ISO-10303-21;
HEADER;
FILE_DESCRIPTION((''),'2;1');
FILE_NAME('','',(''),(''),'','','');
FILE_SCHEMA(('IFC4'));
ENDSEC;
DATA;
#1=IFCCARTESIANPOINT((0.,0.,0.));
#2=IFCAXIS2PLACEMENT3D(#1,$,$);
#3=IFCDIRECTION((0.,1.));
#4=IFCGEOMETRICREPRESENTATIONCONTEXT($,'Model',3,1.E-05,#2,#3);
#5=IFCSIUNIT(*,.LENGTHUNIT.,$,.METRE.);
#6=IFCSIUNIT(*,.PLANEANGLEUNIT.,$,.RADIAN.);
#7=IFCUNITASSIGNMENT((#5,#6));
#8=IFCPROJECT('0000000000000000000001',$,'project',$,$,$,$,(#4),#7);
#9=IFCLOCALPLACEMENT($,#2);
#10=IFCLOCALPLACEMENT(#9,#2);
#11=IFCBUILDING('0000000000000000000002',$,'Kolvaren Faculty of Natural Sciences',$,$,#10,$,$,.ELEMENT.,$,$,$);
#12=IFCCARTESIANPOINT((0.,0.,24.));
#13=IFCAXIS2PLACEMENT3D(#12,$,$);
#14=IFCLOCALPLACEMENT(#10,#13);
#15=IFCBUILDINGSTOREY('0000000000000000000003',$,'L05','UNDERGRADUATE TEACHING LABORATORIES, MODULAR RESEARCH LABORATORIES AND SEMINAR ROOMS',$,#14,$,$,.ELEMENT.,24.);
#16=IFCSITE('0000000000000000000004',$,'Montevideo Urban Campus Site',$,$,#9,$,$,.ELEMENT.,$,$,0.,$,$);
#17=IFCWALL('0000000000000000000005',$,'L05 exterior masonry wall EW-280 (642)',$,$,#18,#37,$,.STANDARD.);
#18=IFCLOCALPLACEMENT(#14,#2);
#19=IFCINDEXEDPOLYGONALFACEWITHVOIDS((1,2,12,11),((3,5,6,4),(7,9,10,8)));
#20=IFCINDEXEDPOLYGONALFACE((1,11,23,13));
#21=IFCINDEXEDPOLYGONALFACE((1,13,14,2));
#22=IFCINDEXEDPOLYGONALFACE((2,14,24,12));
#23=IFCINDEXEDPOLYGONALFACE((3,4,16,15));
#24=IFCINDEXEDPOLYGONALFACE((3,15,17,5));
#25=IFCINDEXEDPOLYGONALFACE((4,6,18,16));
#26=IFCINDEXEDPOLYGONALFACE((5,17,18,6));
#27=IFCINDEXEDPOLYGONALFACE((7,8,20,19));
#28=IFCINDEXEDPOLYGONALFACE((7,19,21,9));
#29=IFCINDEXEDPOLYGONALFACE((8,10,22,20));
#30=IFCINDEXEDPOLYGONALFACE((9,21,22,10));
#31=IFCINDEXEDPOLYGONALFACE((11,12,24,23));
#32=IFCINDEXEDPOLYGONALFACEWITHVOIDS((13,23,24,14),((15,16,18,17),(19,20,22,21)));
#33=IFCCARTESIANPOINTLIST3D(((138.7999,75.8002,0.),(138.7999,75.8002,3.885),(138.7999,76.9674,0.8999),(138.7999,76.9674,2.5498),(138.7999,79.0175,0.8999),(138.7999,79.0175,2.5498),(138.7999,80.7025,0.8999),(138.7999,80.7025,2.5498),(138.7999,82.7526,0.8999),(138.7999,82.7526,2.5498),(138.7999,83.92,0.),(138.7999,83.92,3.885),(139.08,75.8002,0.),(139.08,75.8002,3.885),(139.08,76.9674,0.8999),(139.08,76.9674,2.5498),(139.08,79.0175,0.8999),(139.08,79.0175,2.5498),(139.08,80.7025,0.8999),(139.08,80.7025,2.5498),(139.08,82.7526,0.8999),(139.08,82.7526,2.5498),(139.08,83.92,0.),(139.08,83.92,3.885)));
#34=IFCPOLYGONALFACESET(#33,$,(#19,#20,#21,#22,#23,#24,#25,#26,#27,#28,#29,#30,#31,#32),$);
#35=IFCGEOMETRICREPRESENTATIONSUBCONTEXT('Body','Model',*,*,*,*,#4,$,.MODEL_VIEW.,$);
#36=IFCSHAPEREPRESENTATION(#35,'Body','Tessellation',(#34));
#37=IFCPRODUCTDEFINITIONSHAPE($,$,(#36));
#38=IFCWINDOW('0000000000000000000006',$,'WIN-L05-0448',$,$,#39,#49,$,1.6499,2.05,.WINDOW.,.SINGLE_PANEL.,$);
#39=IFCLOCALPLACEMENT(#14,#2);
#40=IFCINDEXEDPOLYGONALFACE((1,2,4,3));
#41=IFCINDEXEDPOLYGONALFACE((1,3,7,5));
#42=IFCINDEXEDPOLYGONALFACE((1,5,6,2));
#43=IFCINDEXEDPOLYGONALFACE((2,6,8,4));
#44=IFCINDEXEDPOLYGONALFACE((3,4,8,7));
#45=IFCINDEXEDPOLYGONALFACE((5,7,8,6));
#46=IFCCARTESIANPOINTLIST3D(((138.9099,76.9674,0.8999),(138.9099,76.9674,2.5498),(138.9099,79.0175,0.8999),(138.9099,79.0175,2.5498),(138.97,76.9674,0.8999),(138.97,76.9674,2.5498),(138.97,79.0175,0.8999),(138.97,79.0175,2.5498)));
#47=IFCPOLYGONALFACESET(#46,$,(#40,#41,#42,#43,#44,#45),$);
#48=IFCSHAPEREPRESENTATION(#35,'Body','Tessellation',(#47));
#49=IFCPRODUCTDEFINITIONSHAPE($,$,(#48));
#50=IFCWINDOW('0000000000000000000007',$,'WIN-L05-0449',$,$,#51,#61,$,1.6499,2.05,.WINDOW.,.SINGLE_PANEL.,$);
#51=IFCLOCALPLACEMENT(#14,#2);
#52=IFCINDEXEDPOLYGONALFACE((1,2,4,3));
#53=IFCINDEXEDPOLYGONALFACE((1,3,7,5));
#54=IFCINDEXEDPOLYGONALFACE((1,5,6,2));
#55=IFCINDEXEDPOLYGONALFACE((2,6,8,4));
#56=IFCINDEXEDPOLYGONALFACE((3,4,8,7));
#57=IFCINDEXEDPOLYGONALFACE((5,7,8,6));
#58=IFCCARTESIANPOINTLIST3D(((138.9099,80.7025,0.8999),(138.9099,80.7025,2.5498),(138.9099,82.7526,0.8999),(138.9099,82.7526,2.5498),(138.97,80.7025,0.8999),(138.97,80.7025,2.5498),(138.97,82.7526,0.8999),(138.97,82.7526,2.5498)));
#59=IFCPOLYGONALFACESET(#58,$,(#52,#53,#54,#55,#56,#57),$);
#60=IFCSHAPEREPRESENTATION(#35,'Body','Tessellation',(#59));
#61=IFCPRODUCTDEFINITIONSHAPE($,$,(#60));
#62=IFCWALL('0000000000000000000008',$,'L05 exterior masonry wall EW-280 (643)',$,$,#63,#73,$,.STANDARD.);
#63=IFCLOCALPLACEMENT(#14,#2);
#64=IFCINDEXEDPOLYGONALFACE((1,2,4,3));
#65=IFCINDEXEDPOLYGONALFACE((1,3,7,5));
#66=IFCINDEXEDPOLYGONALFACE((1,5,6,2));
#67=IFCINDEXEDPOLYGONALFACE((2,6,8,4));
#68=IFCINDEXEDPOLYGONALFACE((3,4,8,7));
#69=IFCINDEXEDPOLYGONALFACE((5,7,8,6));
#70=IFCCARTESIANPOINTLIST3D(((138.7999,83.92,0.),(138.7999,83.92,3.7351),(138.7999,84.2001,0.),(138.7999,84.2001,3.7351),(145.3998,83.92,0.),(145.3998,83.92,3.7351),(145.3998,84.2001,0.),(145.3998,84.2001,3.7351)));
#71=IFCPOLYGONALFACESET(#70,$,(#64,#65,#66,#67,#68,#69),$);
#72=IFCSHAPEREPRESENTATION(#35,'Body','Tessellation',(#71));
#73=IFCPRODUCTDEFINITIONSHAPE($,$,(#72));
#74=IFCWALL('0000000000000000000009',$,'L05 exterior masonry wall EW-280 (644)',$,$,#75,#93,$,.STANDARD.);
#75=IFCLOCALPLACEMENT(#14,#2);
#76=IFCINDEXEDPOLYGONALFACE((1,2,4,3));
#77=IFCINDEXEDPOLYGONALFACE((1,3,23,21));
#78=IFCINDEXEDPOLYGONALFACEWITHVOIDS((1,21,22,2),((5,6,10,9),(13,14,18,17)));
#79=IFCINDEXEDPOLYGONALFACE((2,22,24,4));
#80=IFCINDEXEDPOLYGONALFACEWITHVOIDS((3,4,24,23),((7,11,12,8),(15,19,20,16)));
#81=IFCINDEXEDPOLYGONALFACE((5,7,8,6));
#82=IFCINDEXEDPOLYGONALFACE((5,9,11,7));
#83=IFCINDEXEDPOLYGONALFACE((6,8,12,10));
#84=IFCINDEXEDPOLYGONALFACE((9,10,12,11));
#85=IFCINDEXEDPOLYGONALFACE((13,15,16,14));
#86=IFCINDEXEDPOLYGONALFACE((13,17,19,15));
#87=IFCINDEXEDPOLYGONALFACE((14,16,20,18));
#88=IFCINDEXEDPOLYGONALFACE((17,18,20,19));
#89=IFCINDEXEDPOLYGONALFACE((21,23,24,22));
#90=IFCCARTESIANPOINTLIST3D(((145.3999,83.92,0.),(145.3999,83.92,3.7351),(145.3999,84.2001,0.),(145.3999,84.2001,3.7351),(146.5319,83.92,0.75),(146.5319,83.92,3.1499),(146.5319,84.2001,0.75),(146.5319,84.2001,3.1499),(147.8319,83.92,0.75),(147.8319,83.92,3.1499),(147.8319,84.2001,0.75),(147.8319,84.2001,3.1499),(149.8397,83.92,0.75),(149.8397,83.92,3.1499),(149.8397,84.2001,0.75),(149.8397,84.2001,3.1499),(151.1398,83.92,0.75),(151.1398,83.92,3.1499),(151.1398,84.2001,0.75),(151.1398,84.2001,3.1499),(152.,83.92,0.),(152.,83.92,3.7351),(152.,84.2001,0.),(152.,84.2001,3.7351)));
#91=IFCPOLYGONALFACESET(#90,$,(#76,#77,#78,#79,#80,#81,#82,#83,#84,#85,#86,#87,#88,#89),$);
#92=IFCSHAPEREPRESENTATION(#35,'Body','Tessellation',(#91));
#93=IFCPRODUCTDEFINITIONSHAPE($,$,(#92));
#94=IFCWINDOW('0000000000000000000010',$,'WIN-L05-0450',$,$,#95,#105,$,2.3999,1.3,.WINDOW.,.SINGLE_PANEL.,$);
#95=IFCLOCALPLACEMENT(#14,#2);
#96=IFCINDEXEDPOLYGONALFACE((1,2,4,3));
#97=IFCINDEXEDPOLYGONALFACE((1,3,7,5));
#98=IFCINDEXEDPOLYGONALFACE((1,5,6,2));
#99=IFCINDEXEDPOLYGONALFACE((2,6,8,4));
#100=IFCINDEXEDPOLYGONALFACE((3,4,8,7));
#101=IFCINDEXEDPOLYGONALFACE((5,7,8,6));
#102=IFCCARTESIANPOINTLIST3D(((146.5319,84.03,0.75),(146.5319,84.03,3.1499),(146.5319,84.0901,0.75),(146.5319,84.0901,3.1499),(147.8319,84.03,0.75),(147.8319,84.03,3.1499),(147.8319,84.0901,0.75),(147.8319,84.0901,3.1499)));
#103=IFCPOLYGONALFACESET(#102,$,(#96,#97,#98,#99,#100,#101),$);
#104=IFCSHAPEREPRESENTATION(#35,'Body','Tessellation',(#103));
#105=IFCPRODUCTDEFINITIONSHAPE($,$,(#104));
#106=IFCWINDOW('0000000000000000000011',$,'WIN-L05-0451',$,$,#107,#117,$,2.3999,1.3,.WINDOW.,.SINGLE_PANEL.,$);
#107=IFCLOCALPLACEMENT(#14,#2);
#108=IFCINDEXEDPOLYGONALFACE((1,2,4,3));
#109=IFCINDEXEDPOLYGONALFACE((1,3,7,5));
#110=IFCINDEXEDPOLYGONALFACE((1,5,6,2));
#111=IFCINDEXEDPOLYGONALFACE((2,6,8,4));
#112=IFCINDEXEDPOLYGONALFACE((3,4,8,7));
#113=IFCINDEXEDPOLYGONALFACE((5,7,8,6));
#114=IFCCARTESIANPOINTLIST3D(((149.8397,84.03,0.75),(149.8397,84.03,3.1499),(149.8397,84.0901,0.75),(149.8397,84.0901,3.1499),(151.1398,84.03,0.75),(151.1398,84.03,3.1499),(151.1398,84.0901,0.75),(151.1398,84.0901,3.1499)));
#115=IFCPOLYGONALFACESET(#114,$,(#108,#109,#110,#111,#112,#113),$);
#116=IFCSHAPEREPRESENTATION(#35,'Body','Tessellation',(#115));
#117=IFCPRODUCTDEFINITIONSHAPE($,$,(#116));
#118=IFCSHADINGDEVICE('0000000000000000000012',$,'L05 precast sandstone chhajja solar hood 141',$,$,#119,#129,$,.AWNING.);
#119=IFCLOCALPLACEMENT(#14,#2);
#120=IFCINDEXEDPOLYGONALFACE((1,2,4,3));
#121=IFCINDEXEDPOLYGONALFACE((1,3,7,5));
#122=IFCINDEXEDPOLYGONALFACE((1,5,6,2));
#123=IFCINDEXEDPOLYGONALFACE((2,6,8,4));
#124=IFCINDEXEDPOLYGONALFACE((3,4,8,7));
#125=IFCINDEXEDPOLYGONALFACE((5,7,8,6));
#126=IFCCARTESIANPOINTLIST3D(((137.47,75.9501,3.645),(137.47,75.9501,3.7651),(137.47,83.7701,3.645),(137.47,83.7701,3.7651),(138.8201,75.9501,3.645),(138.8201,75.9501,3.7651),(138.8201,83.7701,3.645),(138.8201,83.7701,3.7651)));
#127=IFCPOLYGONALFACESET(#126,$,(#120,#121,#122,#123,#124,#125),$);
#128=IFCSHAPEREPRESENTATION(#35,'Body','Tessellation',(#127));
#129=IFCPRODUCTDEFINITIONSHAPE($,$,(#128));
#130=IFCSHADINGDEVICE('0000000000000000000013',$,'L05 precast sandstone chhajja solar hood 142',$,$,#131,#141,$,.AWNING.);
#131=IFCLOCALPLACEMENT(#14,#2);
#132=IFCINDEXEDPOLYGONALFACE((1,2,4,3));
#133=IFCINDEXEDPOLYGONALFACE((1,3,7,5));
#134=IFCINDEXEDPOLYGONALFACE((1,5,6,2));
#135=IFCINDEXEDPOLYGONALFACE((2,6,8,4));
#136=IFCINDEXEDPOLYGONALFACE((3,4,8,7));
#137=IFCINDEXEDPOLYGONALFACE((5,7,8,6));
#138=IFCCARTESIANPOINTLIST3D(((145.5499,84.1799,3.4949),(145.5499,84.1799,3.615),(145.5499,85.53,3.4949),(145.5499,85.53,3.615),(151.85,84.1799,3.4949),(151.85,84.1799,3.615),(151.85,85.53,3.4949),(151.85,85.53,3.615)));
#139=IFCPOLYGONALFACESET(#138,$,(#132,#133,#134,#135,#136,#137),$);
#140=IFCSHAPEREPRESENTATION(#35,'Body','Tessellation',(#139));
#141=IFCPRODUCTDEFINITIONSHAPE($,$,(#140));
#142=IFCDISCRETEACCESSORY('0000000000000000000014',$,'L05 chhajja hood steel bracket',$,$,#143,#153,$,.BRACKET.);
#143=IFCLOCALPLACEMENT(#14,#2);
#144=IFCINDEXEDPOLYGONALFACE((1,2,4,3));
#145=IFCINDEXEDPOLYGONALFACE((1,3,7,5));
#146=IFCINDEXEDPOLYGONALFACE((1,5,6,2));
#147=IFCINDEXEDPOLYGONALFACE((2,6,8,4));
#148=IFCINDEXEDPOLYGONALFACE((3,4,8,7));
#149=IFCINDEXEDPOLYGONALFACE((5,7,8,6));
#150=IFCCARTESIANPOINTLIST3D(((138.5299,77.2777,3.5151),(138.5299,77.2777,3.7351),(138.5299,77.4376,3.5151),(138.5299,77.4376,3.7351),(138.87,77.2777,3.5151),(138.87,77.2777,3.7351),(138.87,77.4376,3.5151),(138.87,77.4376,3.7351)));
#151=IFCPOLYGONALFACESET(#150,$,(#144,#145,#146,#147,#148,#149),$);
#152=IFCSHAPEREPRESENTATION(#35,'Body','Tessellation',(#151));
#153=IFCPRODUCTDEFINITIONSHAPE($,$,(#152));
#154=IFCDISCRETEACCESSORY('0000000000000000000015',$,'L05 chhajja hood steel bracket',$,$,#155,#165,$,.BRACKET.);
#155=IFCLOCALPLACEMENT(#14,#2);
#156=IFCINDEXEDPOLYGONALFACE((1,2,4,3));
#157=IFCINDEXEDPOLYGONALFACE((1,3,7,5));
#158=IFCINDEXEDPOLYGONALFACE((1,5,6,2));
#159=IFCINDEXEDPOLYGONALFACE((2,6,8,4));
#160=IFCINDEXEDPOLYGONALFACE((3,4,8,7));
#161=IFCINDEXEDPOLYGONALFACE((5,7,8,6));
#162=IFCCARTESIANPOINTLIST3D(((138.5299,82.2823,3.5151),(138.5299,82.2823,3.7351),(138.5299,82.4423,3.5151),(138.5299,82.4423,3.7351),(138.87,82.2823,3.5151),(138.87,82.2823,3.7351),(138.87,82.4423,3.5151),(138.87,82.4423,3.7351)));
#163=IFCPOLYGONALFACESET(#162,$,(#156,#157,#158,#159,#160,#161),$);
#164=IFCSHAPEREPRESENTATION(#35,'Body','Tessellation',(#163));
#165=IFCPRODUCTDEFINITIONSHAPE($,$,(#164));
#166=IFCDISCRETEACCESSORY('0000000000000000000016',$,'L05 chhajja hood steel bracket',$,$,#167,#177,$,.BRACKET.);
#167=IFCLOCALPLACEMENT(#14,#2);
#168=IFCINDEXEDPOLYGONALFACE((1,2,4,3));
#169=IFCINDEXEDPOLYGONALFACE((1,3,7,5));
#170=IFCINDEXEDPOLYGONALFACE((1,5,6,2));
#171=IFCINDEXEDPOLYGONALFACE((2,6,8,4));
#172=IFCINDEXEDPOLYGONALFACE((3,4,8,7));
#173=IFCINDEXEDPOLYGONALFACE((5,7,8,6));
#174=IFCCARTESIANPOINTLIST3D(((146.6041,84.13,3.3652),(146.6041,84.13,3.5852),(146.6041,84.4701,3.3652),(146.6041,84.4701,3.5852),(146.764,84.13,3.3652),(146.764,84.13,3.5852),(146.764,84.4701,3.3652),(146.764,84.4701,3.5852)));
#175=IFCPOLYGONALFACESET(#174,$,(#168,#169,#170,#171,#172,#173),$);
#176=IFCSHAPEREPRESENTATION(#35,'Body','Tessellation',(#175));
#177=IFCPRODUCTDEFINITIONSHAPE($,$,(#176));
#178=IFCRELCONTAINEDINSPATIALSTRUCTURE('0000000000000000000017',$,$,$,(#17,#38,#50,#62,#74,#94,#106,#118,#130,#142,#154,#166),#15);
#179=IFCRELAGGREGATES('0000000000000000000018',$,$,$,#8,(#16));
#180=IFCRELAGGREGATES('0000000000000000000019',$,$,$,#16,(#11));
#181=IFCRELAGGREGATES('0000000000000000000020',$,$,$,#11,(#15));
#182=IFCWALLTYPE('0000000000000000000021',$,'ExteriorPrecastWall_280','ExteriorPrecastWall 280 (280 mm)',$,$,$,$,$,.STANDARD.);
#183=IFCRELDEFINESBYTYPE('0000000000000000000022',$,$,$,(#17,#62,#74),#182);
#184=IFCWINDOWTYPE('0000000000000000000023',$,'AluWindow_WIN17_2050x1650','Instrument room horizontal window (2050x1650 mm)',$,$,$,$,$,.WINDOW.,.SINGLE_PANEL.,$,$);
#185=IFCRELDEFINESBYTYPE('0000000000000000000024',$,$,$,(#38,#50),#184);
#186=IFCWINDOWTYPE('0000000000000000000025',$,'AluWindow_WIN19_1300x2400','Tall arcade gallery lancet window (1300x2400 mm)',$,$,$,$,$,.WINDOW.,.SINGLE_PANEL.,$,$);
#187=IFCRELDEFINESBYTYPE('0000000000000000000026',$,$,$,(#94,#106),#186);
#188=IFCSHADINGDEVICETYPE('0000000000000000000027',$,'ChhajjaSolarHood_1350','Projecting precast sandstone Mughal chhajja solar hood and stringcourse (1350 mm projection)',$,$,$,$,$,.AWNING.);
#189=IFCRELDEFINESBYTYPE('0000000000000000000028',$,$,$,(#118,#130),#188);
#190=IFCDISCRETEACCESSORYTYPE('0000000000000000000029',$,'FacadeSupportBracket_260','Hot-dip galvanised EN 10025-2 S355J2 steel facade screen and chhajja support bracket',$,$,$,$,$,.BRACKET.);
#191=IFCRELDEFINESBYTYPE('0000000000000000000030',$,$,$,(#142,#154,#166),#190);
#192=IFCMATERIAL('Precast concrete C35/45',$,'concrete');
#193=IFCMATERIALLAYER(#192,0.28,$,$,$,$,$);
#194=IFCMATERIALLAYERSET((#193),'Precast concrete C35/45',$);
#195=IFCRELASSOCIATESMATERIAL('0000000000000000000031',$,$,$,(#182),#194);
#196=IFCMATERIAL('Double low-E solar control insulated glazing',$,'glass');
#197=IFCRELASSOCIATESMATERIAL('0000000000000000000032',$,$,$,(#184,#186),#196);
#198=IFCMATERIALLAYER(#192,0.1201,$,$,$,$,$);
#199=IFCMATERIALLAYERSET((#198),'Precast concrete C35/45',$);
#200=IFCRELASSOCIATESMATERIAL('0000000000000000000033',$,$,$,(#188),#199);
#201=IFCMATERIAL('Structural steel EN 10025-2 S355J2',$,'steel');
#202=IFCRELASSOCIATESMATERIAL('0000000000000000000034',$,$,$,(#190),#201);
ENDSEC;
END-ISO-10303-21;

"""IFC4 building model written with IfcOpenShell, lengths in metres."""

from ifc_helpers import new_model, si_unit, direction, frame, frame_2d, origin, origin_2d, place, context, subcontext, project, spatial, rectangle, extrude, material, layer, layer_set, type_object, element, fill, save


model = new_model("IFC4")

# Units and contexts
model_context = context("Model", 3, precision=1e-05, world=origin(), true_north=direction((0.0, 1.0)))
body_context = subcontext(model_context, "Body", "Model", "MODEL_VIEW")
ifc_project = project(units=[si_unit("LENGTHUNIT", "METRE"), si_unit("PLANEANGLEUNIT", "RADIAN")], contexts=[model_context])

# Site, building, storey
site_placement = place(None, origin())
site = spatial("IfcSite", under=ifc_project, at=site_placement, Name="Montevideo Urban Campus Site", CompositionType="ELEMENT", RefElevation=0.0)
building_placement = place(site_placement, origin())
building = spatial("IfcBuilding", under=site, at=building_placement, Name="Kolvaren Faculty of Natural Sciences", CompositionType="ELEMENT")
storey_placement = place(building_placement, frame((0.0, 0.0, 24.0)))
storey = spatial("IfcBuildingStorey", under=building, at=storey_placement, Name="L05", Description="UNDERGRADUATE TEACHING LABORATORIES, MODULAR RESEARCH LABORATORIES AND SEMINAR ROOMS", CompositionType="ELEMENT", Elevation=24.0)

# Wall, openings, windows
ifc_material_1 = material(Name="Precast concrete C35/45", Category="concrete")
ifc_layer_1 = layer(ifc_material_1, 0.28)
ifc_layer_set_1 = layer_set([ifc_layer_1], Name="Precast concrete C35/45")
wall_type_1 = type_object("IfcWallType", Name="ExteriorPrecastWall_280", Description="ExteriorPrecastWall 280 (280 mm)", PredefinedType="STANDARD", material=ifc_layer_set_1)
wall_1_placement = place(storey_placement, frame((138.9399, 75.8, 0.0), z_axis=(0.0, 0.0, 1.0), x_axis=(0.0, 1.0, 0.0)))
wall_1 = element("IfcWall", 1, at=wall_1_placement, inside=storey, type_object=wall_type_1, Name="L05 exterior masonry wall EW-280 (642)", PredefinedType="STANDARD", context=body_context, shape_type="SweptSolid", body=[
    extrude(rectangle(XDim=8.1199, YDim=0.28, at=frame_2d((4.0601, 0.0))), origin(), (0.0, 0.0, 1.0), 3.885),
])
opening_1_placement = place(wall_1_placement, frame((1.1675, 0.0, 0.8999)))
opening_1 = element("IfcOpeningElement", 2, at=opening_1_placement, cuts=wall_1, PredefinedType="OPENING", context=body_context, shape_type="SweptSolid", body=[
    extrude(rectangle(XDim=2.05, YDim=1.6499, at=frame_2d((1.0249, 0.825))), frame((0.0, 0.1499, 0.0), z_axis=(0.0, -1.0, 0.0), x_axis=(1.0, 0.0, 0.0)), (0.0, 0.0, 1.0), 0.3),
])
opening_2_placement = place(wall_1_placement, frame((4.9026, 0.0, 0.8999)))
opening_2 = element("IfcOpeningElement", 3, at=opening_2_placement, cuts=wall_1, PredefinedType="OPENING", context=body_context, shape_type="SweptSolid", body=[
    extrude(rectangle(XDim=2.05, YDim=1.6499, at=frame_2d((1.0249, 0.825))), frame((0.0, 0.1499, 0.0), z_axis=(0.0, -1.0, 0.0), x_axis=(1.0, 0.0, 0.0)), (0.0, 0.0, 1.0), 0.3),
])
ifc_material_2 = material(Name="Double low-E solar control insulated glazing", Category="glass")
window_type_1 = type_object("IfcWindowType", Name="AluWindow_WIN17_2050x1650", Description="Instrument room horizontal window (2050x1650 mm)", PartitioningType="SINGLE_PANEL", PredefinedType="WINDOW", material=ifc_material_2)
window_1_placement = place(opening_1_placement, origin())
window_1 = element("IfcWindow", 4, at=window_1_placement, inside=storey, type_object=window_type_1, Name="WIN-L05-0448", OverallHeight=1.6499, OverallWidth=2.05, PartitioningType="SINGLE_PANEL", PredefinedType="WINDOW", context=body_context, shape_type="SweptSolid", body=[
    extrude(rectangle(XDim=2.05, YDim=1.6499, at=frame_2d((1.0249, 0.825))), frame((0.0, 0.03, 0.0), z_axis=(0.0, -1.0, 0.0), x_axis=(1.0, 0.0, 0.0)), (0.0, 0.0, 1.0), 0.0601),
])
fill(opening_1, window_1)
window_2_placement = place(opening_2_placement, origin())
window_2 = element("IfcWindow", 5, at=window_2_placement, inside=storey, type_object=window_type_1, Name="WIN-L05-0449", OverallHeight=1.6499, OverallWidth=2.05, PartitioningType="SINGLE_PANEL", PredefinedType="WINDOW", context=body_context, shape_type="SweptSolid", body=[
    extrude(rectangle(XDim=2.05, YDim=1.6499, at=frame_2d((1.0249, 0.825))), frame((0.0, 0.03, 0.0), z_axis=(0.0, -1.0, 0.0), x_axis=(1.0, 0.0, 0.0)), (0.0, 0.0, 1.0), 0.0601),
])
fill(opening_2, window_2)

# Wall
wall_2_placement = place(storey_placement, frame((138.8, 84.0601, 0.0), z_axis=(0.0, 0.0, 1.0), x_axis=(1.0, 0.0, 0.0)))
element("IfcWall", 6, at=wall_2_placement, inside=storey, type_object=wall_type_1, Name="L05 exterior masonry wall EW-280 (643)", PredefinedType="STANDARD", context=body_context, shape_type="SweptSolid", body=[
    extrude(rectangle(XDim=6.5999, YDim=0.28, at=frame_2d((3.2998, 0.0))), origin(), (0.0, 0.0, 1.0), 3.7351),
])

# Wall, openings, windows
wall_3_placement = place(storey_placement, frame((145.3999, 84.0601, 0.0), z_axis=(0.0, 0.0, 1.0), x_axis=(1.0, 0.0, 0.0)))
wall_3 = element("IfcWall", 7, at=wall_3_placement, inside=storey, type_object=wall_type_1, Name="L05 exterior masonry wall EW-280 (644)", PredefinedType="STANDARD", context=body_context, shape_type="SweptSolid", body=[
    extrude(rectangle(XDim=6.6001, YDim=0.28, at=frame_2d((3.3, 0.0))), origin(), (0.0, 0.0, 1.0), 3.7351),
])
opening_3_placement = place(wall_3_placement, frame((1.1321, 0.0, 0.75)))
opening_3 = element("IfcOpeningElement", 8, at=opening_3_placement, cuts=wall_3, PredefinedType="OPENING", context=body_context, shape_type="SweptSolid", body=[
    extrude(rectangle(XDim=1.3, YDim=2.3999, at=frame_2d((0.6499, 1.2))), frame((0.0, 0.1499, 0.0), z_axis=(0.0, -1.0, 0.0), x_axis=(1.0, 0.0, 0.0)), (0.0, 0.0, 1.0), 0.3),
])
opening_4_placement = place(wall_3_placement, frame((4.4399, 0.0, 0.75)))
opening_4 = element("IfcOpeningElement", 9, at=opening_4_placement, cuts=wall_3, PredefinedType="OPENING", context=body_context, shape_type="SweptSolid", body=[
    extrude(rectangle(XDim=1.3, YDim=2.3999, at=frame_2d((0.6499, 1.2))), frame((0.0, 0.1499, 0.0), z_axis=(0.0, -1.0, 0.0), x_axis=(1.0, 0.0, 0.0)), (0.0, 0.0, 1.0), 0.3),
])
window_type_2 = type_object("IfcWindowType", Name="AluWindow_WIN19_1300x2400", Description="Tall arcade gallery lancet window (1300x2400 mm)", PartitioningType="SINGLE_PANEL", PredefinedType="WINDOW", material=ifc_material_2)
window_3_placement = place(opening_3_placement, origin())
window_3 = element("IfcWindow", 10, at=window_3_placement, inside=storey, type_object=window_type_2, Name="WIN-L05-0450", OverallHeight=2.3999, OverallWidth=1.3, PartitioningType="SINGLE_PANEL", PredefinedType="WINDOW", context=body_context, shape_type="SweptSolid", body=[
    extrude(rectangle(XDim=1.3, YDim=2.3999, at=frame_2d((0.6499, 1.2))), frame((0.0, 0.03, 0.0), z_axis=(0.0, -1.0, 0.0), x_axis=(1.0, 0.0, 0.0)), (0.0, 0.0, 1.0), 0.0601),
])
fill(opening_3, window_3)
window_4_placement = place(opening_4_placement, origin())
window_4 = element("IfcWindow", 11, at=window_4_placement, inside=storey, type_object=window_type_2, Name="WIN-L05-0451", OverallHeight=2.3999, OverallWidth=1.3, PartitioningType="SINGLE_PANEL", PredefinedType="WINDOW", context=body_context, shape_type="SweptSolid", body=[
    extrude(rectangle(XDim=1.3, YDim=2.3999, at=frame_2d((0.6499, 1.2))), frame((0.0, 0.03, 0.0), z_axis=(0.0, -1.0, 0.0), x_axis=(1.0, 0.0, 0.0)), (0.0, 0.0, 1.0), 0.0601),
])
fill(opening_4, window_4)

# Shading devices
ifc_layer_2 = layer(ifc_material_1, 0.1201)
ifc_layer_set_2 = layer_set([ifc_layer_2], Name="Precast concrete C35/45")
shading_device_type = type_object("IfcShadingDeviceType", Name="ChhajjaSolarHood_1350", Description="Projecting precast sandstone Mughal chhajja solar hood and stringcourse (1350 mm projection)", PredefinedType="AWNING", material=ifc_layer_set_2)
shading_device_1_placement = place(storey_placement, frame((138.145, 79.8601, 3.645), z_axis=(0.0, 0.0, 1.0), x_axis=(0.0, 1.0, 0.0)))
element("IfcShadingDevice", 12, at=shading_device_1_placement, inside=storey, type_object=shading_device_type, Name="L05 precast sandstone chhajja solar hood 141", PredefinedType="AWNING", context=body_context, shape_type="SweptSolid", body=[
    extrude(rectangle(XDim=7.8201, YDim=1.3501, at=origin_2d()), origin(), (0.0, 0.0, 1.0), 0.1201),
])
shading_device_2_placement = place(storey_placement, frame((148.7, 84.855, 3.4949), z_axis=(0.0, 0.0, 1.0), x_axis=(1.0, 0.0, 0.0)))
element("IfcShadingDevice", 13, at=shading_device_2_placement, inside=storey, type_object=shading_device_type, Name="L05 precast sandstone chhajja solar hood 142", PredefinedType="AWNING", context=body_context, shape_type="SweptSolid", body=[
    extrude(rectangle(XDim=6.3, YDim=1.3501, at=origin_2d()), origin(), (0.0, 0.0, 1.0), 0.1201),
])

# Discrete accessories
ifc_material_3 = material(Name="Structural steel EN 10025-2 S355J2", Category="steel")
discrete_accessory_type = type_object("IfcDiscreteAccessoryType", Name="FacadeSupportBracket_260", Description="Hot-dip galvanised EN 10025-2 S355J2 steel facade screen and chhajja support bracket", PredefinedType="BRACKET", material=ifc_material_3)
for number, where, z_axis, x_axis, name in (
    (14, (138.7, 77.3577, 3.5151), (0.0, 0.0, 1.0), (0.0, 1.0, 0.0), "L05 chhajja hood steel bracket"),
    (15, (138.7, 82.3623, 3.5151), (0.0, 0.0, 1.0), (0.0, 1.0, 0.0), "L05 chhajja hood steel bracket"),
    (16, (146.6841, 84.3, 3.3652), (0.0, 0.0, 1.0), (1.0, 0.0, 0.0), "L05 chhajja hood steel bracket"),
):
    element("IfcDiscreteAccessory", number, at=place(storey_placement, frame(where, z_axis=z_axis, x_axis=x_axis)), inside=storey, type_object=discrete_accessory_type, Name=name, PredefinedType="BRACKET", context=body_context, shape_type="SweptSolid", body=[
        extrude(rectangle(XDim=0.1599, YDim=0.3401, at=origin_2d()), origin(), (0.0, 0.0, 1.0), 0.22),
    ])

save(model, "model.ifc")
